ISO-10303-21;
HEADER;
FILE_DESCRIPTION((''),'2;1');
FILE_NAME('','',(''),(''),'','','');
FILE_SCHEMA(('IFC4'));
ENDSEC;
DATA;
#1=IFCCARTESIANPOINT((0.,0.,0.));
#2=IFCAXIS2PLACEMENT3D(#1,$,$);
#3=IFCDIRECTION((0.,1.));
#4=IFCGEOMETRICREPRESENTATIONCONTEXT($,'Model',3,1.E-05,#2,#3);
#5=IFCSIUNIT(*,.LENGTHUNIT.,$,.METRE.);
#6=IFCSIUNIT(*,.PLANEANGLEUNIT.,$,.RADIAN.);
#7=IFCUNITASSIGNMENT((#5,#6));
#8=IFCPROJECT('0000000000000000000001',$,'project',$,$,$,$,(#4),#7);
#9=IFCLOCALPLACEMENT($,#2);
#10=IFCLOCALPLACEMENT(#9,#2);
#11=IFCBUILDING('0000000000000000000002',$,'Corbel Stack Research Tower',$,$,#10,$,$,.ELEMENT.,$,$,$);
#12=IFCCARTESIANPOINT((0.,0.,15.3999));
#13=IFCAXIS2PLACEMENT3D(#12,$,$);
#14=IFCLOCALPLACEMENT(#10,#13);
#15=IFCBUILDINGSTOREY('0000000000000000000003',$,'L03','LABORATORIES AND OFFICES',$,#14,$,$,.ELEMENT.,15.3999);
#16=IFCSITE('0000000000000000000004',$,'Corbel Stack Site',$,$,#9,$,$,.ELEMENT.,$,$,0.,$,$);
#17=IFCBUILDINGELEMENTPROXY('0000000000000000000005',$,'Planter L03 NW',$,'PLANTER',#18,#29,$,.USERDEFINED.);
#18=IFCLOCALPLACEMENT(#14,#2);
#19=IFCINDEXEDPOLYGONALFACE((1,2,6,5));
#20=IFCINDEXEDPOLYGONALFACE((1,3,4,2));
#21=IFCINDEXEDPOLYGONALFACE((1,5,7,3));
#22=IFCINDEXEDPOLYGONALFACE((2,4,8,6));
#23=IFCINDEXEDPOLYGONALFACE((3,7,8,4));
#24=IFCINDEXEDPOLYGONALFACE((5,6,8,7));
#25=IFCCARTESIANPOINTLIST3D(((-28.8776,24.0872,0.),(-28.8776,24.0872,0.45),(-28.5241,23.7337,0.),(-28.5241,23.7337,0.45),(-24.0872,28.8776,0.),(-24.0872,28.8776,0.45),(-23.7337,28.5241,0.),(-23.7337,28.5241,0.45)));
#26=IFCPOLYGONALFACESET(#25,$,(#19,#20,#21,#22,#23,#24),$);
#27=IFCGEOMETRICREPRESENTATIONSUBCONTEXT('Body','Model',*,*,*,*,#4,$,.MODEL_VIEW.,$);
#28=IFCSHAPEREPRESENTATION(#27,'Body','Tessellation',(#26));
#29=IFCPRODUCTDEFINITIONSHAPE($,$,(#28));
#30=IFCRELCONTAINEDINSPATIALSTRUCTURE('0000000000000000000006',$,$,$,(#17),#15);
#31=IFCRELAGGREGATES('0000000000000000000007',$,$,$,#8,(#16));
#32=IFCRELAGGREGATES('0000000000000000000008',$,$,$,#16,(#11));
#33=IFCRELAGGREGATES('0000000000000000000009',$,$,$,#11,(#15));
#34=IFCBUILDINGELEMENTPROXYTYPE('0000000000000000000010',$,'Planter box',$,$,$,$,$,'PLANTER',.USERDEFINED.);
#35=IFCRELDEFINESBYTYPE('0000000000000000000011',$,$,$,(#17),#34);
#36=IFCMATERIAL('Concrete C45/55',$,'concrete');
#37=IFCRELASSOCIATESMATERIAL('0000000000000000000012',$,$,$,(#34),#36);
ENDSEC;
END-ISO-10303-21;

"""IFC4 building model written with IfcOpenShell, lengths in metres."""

from ifc_helpers import new_model, si_unit, direction, frame, origin, origin_2d, place, context, subcontext, project, spatial, rectangle, extrude, material, type_object, element, save


model = new_model("IFC4")

# Units and contexts
model_context = context("Model", 3, precision=1e-05, world=origin(), true_north=direction((0.0, 1.0)))
body_context = subcontext(model_context, "Body", "Model", "MODEL_VIEW")
ifc_project = project(units=[si_unit("LENGTHUNIT", "METRE"), si_unit("PLANEANGLEUNIT", "RADIAN")], contexts=[model_context])

# Site, building, storey
site_placement = place(None, origin())
site = spatial("IfcSite", under=ifc_project, at=site_placement, Name="Corbel Stack Site", CompositionType="ELEMENT", RefElevation=0.0)
building_placement = place(site_placement, origin())
building = spatial("IfcBuilding", under=site, at=building_placement, Name="Corbel Stack Research Tower", CompositionType="ELEMENT")
storey_placement = place(building_placement, frame((0.0, 0.0, 15.3999)))
storey = spatial("IfcBuildingStorey", under=building, at=storey_placement, Name="L03", Description="LABORATORIES AND OFFICES", CompositionType="ELEMENT", Elevation=15.3999)

# Building element proxy
ifc_material_1 = material(Name="Concrete C45/55", Category="concrete")
building_element_proxy_type = type_object("IfcBuildingElementProxyType", Name="Planter box", ElementType="PLANTER", PredefinedType="USERDEFINED", material=ifc_material_1)
proxy_placement = place(storey_placement, frame((-26.3057, 26.3057, 0.0), z_axis=(0.0, 0.0, 1.0), x_axis=(-0.707107, -0.707107, 0.0)))
element("IfcBuildingElementProxy", 1, at=proxy_placement, inside=storey, type_object=building_element_proxy_type, Name="Planter L03 NW", ObjectType="PLANTER", PredefinedType="USERDEFINED", context=body_context, shape_type="SweptSolid", body=[
    extrude(rectangle(XDim=6.7747, YDim=0.5, at=origin_2d()), origin(), (0.0, 0.0, 1.0), 0.45),
])

save(model, "model.ifc")
